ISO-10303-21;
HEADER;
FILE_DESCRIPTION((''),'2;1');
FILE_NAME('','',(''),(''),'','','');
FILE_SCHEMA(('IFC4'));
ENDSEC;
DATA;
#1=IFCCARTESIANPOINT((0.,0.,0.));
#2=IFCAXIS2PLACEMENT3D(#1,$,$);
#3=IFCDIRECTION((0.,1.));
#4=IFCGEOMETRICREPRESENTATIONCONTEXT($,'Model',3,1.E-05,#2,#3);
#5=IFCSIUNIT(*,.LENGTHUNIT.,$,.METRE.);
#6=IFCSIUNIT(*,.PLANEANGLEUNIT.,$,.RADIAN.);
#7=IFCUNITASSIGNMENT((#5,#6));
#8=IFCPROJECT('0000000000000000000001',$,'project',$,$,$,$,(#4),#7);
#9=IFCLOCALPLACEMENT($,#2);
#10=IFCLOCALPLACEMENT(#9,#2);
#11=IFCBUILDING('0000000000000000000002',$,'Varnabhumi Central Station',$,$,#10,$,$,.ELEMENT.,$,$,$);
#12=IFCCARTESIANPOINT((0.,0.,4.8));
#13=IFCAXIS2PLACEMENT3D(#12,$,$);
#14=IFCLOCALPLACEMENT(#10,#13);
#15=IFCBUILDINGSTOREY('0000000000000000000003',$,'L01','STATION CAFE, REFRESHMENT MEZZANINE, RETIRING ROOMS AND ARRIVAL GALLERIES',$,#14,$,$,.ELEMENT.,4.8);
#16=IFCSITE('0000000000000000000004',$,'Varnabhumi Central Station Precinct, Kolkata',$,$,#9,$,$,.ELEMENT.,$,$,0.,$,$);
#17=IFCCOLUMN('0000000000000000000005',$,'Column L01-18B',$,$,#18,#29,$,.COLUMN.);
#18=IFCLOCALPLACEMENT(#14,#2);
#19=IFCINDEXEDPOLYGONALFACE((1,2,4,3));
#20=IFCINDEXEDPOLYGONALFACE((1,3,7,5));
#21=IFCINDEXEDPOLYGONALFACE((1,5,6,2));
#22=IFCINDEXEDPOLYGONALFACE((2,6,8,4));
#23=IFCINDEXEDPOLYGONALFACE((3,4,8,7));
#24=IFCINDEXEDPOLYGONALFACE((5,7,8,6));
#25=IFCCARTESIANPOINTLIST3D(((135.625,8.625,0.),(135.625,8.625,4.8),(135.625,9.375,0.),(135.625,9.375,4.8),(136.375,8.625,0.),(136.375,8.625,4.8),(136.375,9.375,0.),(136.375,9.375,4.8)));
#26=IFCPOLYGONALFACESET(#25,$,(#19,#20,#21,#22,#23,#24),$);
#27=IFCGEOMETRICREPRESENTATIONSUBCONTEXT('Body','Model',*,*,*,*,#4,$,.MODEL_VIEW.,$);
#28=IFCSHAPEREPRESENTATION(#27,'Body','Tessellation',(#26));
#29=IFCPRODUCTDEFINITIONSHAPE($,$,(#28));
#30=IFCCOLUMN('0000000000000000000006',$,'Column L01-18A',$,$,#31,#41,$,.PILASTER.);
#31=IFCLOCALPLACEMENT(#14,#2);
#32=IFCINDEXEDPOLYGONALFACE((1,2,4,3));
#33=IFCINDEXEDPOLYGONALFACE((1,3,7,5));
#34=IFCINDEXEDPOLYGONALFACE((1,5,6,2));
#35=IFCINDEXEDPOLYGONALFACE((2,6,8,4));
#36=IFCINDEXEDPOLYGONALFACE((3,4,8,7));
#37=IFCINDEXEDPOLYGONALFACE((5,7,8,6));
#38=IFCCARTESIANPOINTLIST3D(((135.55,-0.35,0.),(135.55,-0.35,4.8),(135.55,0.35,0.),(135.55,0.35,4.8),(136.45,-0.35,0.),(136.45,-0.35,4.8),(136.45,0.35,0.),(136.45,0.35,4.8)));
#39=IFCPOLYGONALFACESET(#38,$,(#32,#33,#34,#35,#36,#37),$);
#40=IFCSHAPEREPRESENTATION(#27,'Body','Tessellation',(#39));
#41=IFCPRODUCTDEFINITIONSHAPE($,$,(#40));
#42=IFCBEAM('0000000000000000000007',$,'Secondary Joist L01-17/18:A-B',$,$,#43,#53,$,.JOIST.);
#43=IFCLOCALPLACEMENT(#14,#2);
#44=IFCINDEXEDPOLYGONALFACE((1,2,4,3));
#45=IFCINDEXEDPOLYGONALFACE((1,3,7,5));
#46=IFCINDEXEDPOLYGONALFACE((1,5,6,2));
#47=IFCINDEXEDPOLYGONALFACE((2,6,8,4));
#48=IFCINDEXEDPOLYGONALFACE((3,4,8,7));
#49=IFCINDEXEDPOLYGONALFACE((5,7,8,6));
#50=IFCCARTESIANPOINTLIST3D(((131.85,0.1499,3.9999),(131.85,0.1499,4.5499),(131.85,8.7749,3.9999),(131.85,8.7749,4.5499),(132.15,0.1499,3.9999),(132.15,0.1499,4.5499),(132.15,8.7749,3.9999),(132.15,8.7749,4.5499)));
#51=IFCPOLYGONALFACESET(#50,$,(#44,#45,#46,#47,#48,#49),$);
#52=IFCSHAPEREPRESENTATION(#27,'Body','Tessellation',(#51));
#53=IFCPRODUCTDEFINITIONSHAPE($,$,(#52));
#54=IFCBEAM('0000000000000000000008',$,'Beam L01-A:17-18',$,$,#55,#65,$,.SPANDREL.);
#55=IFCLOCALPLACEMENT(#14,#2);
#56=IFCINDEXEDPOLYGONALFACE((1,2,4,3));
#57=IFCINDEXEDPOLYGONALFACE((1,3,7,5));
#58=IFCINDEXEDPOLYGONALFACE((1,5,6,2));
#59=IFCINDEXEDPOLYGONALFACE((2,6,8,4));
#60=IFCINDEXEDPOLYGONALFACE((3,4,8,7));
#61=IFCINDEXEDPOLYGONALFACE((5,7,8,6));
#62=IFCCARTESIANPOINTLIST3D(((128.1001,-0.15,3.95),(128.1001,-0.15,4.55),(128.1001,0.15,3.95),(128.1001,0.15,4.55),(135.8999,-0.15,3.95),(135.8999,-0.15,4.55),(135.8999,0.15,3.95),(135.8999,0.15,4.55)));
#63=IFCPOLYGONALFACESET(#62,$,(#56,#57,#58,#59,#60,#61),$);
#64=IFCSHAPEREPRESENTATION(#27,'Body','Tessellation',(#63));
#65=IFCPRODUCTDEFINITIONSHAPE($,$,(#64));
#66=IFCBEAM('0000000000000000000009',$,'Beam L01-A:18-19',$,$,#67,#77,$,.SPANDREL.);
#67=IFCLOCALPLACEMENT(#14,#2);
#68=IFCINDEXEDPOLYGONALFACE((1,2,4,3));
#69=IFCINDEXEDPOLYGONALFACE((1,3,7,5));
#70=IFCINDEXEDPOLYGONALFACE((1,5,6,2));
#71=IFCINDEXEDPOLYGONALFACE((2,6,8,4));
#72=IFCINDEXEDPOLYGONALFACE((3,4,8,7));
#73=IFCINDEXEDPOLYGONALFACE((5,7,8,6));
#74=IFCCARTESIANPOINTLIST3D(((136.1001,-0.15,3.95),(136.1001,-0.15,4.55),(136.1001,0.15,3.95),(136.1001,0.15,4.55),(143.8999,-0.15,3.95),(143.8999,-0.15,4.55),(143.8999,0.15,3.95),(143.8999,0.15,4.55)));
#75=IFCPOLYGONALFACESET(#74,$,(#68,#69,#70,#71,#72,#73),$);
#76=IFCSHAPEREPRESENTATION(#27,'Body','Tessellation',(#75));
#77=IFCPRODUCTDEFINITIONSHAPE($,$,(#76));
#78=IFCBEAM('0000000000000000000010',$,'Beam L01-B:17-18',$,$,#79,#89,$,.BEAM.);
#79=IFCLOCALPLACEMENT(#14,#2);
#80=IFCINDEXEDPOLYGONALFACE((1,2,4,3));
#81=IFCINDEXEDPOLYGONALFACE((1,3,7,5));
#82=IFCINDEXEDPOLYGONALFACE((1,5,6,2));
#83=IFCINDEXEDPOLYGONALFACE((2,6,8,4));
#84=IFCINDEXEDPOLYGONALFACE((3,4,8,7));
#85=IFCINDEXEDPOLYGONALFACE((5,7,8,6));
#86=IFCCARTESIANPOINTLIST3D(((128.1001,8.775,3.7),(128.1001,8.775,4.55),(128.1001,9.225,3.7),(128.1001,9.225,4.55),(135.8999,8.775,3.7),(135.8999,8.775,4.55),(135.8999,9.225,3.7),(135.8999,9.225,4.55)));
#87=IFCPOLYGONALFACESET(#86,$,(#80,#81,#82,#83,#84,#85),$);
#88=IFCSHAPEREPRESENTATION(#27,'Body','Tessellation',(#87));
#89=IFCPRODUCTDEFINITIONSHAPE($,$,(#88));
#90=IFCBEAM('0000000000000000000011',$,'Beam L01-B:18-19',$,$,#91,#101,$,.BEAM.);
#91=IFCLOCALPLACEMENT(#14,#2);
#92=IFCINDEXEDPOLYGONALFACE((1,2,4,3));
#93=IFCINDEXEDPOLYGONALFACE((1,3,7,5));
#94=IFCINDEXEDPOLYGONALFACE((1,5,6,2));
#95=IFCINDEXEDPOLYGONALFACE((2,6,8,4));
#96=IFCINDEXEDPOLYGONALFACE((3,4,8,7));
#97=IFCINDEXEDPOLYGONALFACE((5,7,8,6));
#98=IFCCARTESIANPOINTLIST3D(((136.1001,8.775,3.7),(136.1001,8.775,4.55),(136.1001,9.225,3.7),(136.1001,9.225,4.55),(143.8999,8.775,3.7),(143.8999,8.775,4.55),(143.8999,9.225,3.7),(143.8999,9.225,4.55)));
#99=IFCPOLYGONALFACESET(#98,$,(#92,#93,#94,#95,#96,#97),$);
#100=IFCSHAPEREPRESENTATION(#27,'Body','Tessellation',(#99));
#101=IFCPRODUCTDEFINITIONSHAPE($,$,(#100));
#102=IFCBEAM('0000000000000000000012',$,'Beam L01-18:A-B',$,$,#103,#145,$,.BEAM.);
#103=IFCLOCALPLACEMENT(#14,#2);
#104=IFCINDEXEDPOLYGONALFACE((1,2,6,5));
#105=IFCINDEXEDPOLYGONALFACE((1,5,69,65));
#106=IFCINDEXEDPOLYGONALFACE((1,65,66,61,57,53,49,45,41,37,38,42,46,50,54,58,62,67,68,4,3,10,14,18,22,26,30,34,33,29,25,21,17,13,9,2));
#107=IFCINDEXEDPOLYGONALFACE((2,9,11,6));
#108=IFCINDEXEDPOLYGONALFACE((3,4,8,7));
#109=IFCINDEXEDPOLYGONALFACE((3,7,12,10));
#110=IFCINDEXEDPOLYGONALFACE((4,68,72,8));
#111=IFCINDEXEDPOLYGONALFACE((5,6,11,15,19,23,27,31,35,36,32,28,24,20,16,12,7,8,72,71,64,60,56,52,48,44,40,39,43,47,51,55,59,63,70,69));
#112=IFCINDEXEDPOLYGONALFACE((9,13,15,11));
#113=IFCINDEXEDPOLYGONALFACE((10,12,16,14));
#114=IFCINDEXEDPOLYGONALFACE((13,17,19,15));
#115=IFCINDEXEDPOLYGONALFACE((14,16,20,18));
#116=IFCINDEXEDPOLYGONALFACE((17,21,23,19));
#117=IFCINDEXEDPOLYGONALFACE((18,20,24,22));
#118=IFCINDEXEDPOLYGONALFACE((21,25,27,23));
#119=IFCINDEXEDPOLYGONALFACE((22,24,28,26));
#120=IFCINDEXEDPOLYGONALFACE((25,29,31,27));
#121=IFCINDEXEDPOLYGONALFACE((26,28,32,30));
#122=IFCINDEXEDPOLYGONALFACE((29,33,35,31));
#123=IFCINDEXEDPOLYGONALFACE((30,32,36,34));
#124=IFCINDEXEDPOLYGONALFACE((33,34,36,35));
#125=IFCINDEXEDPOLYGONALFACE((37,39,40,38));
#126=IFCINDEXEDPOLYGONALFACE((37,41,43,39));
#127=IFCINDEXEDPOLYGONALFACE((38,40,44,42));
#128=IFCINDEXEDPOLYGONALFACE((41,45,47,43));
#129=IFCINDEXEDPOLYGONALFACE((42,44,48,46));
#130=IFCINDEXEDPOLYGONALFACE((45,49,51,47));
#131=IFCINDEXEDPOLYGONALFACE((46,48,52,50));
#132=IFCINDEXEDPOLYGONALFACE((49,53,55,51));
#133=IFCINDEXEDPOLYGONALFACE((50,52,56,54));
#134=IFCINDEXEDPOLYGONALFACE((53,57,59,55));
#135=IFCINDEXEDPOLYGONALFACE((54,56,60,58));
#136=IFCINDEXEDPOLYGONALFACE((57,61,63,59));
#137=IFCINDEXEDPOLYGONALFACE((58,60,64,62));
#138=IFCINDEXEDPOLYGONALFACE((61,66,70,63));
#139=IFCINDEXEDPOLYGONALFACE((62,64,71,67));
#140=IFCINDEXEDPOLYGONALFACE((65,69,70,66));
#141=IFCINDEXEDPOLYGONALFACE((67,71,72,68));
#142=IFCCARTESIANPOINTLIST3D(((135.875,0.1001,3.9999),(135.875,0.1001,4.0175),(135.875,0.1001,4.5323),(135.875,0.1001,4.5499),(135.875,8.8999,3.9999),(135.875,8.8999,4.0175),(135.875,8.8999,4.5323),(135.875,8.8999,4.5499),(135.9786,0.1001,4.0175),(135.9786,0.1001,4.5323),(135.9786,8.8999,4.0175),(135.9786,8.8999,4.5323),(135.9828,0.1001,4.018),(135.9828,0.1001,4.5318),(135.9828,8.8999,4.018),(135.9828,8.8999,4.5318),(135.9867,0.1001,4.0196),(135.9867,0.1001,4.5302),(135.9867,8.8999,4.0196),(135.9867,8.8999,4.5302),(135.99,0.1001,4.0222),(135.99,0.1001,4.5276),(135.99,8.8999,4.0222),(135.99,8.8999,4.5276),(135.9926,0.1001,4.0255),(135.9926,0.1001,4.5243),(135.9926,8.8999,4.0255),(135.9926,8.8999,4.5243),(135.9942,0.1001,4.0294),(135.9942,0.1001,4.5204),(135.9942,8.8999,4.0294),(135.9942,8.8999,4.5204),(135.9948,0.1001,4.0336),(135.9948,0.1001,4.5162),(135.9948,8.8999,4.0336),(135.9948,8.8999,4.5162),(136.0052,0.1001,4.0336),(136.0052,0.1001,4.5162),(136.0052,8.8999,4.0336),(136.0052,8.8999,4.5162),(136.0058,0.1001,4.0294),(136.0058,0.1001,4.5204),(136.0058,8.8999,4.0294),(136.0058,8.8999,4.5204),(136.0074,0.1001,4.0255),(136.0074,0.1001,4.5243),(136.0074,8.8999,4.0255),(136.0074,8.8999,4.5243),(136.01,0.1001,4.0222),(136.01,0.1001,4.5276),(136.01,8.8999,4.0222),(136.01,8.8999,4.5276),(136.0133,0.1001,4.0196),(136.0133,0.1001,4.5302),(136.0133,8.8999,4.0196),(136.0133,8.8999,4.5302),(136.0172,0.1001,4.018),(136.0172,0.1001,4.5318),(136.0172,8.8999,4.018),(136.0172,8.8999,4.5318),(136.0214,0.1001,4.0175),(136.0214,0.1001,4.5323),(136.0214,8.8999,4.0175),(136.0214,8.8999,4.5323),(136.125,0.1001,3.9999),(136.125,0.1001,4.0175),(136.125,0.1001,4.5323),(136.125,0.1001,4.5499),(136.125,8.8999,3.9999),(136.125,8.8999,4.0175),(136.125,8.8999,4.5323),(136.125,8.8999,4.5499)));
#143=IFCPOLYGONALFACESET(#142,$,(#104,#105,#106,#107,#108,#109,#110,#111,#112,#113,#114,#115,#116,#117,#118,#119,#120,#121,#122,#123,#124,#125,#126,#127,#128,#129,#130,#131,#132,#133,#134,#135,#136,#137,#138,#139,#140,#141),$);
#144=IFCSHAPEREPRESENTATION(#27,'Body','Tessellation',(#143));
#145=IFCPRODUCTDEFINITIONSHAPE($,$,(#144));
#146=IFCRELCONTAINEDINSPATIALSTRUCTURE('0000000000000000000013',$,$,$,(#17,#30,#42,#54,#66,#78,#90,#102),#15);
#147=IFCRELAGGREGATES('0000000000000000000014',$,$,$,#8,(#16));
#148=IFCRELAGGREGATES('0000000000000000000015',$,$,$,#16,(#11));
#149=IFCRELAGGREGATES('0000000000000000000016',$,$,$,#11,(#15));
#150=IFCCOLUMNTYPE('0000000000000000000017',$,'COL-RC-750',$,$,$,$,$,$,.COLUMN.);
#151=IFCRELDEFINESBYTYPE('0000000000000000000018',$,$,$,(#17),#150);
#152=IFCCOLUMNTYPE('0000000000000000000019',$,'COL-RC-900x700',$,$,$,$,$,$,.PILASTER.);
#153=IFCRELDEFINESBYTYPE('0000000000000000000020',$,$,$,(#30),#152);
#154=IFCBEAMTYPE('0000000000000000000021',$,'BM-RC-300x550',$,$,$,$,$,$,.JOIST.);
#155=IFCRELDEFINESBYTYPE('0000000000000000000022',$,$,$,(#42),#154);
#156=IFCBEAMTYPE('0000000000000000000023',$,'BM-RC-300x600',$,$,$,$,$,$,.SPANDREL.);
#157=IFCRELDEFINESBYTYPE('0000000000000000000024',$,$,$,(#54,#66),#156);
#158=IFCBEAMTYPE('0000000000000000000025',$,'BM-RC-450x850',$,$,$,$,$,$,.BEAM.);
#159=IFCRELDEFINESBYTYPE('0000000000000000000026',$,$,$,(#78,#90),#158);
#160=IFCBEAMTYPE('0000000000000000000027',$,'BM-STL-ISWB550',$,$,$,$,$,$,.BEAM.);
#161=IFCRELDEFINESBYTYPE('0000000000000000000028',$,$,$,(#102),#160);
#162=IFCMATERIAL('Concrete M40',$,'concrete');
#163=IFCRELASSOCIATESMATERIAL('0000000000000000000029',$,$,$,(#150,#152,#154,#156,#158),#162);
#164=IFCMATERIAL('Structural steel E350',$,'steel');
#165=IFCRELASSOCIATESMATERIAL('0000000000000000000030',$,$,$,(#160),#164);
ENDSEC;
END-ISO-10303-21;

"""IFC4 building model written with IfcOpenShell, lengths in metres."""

from ifc_helpers import new_model, si_unit, direction, frame, origin, origin_2d, place, context, subcontext, project, spatial, rectangle, i_section, extrude, material, material_profile, profile_set, type_object, element, save


model = new_model("IFC4")

# Units and contexts
model_context = context("Model", 3, precision=1e-05, world=origin(), true_north=direction((0.0, 1.0)))
body_context = subcontext(model_context, "Body", "Model", "MODEL_VIEW")
ifc_project = project(units=[si_unit("LENGTHUNIT", "METRE"), si_unit("PLANEANGLEUNIT", "RADIAN")], contexts=[model_context])

# Site, building, storey
site_placement = place(None, origin())
site = spatial("IfcSite", under=ifc_project, at=site_placement, Name="Varnabhumi Central Station Precinct, Kolkata", CompositionType="ELEMENT", RefElevation=0.0)
building_placement = place(site_placement, origin())
building = spatial("IfcBuilding", under=site, at=building_placement, Name="Varnabhumi Central Station", CompositionType="ELEMENT")
storey_placement = place(building_placement, frame((0.0, 0.0, 4.8)))
storey = spatial("IfcBuildingStorey", under=building, at=storey_placement, Name="L01", Description="STATION CAFE, REFRESHMENT MEZZANINE, RETIRING ROOMS AND ARRIVAL GALLERIES", CompositionType="ELEMENT", Elevation=4.8)

# Columns
ifc_material_1 = material(Name="Concrete M40", Category="concrete")
ifc_material_profile_1 = material_profile(ifc_material_1, rectangle(XDim=0.75, YDim=0.75, at=origin_2d()), Name="Concrete M40", Category="concrete")
ifc_profile_set_1 = profile_set([ifc_material_profile_1], Name="Concrete M40")
column_type_1 = type_object("IfcColumnType", Name="COL-RC-750", PredefinedType="COLUMN", material=ifc_profile_set_1)
column_1_placement = place(storey_placement, frame((136.0, 9.0, 0.0), z_axis=(0.0, 0.0, 1.0), x_axis=(1.0, 0.0, 0.0)))
element("IfcColumn", 1, at=column_1_placement, inside=storey, type_object=column_type_1, Name="Column L01-18B", PredefinedType="COLUMN", context=body_context, shape_type="SweptSolid", body=[
    extrude(rectangle(XDim=0.75, YDim=0.75, at=origin_2d()), origin(), (0.0, 0.0, 1.0), 4.8),
])
ifc_material_profile_2 = material_profile(ifc_material_1, rectangle(XDim=0.8999, YDim=0.7, at=origin_2d()), Name="Concrete M40", Category="concrete")
ifc_profile_set_2 = profile_set([ifc_material_profile_2], Name="Concrete M40")
column_type_2 = type_object("IfcColumnType", Name="COL-RC-900x700", PredefinedType="PILASTER", material=ifc_profile_set_2)
column_2_placement = place(storey_placement, frame((136.0, 0.0, 0.0), z_axis=(0.0, 0.0, 1.0), x_axis=(1.0, 0.0, 0.0)))
element("IfcColumn", 2, at=column_2_placement, inside=storey, type_object=column_type_2, Name="Column L01-18A", PredefinedType="PILASTER", context=body_context, shape_type="SweptSolid", body=[
    extrude(rectangle(XDim=0.8999, YDim=0.7, at=origin_2d()), origin(), (0.0, 0.0, 1.0), 4.8),
])

# Beams
ifc_material_profile_3 = material_profile(ifc_material_1, rectangle(XDim=0.3, YDim=0.55, at=origin_2d()), Name="Concrete M40", Category="concrete")
ifc_profile_set_3 = profile_set([ifc_material_profile_3], Name="Concrete M40")
beam_type_1 = type_object("IfcBeamType", Name="BM-RC-300x550", PredefinedType="JOIST", material=ifc_profile_set_3)
beam_1_placement = place(storey_placement, frame((132.0, 0.1499, 4.2749), z_axis=(0.0, 1.0, 0.0), x_axis=(-1.0, 0.0, 0.0)))
element("IfcBeam", 3, at=beam_1_placement, inside=storey, type_object=beam_type_1, Name="Secondary Joist L01-17/18:A-B", PredefinedType="JOIST", context=body_context, shape_type="SweptSolid", body=[
    extrude(rectangle(XDim=0.3, YDim=0.55, at=origin_2d()), origin(), (0.0, 0.0, 1.0), 8.625),
])
ifc_material_profile_4 = material_profile(ifc_material_1, rectangle(XDim=0.3, YDim=0.6001, at=origin_2d()), Name="Concrete M40", Category="concrete")
ifc_profile_set_4 = profile_set([ifc_material_profile_4], Name="Concrete M40")
beam_type_2 = type_object("IfcBeamType", Name="BM-RC-300x600", PredefinedType="SPANDREL", material=ifc_profile_set_4)
for number, where, z_axis, x_axis, name in (
    (4, (128.1001, 0.0, 4.25), (1.0, 0.0, 0.0), (0.0, 1.0, 0.0), "Beam L01-A:17-18"),
    (5, (136.1001, 0.0, 4.25), (1.0, 0.0, 0.0), (0.0, 1.0, 0.0), "Beam L01-A:18-19"),
):
    element("IfcBeam", number, at=place(storey_placement, frame(where, z_axis=z_axis, x_axis=x_axis)), inside=storey, type_object=beam_type_2, Name=name, PredefinedType="SPANDREL", context=body_context, shape_type="SweptSolid", body=[
        extrude(rectangle(XDim=0.3, YDim=0.6001, at=origin_2d()), origin(), (0.0, 0.0, 1.0), 7.7998),
    ])
ifc_material_profile_5 = material_profile(ifc_material_1, rectangle(XDim=0.45, YDim=0.8501, at=origin_2d()), Name="Concrete M40", Category="concrete")
ifc_profile_set_5 = profile_set([ifc_material_profile_5], Name="Concrete M40")
beam_type_3 = type_object("IfcBeamType", Name="BM-RC-450x850", PredefinedType="BEAM", material=ifc_profile_set_5)
for number, where, z_axis, x_axis, name in (
    (6, (128.1001, 9.0, 4.125), (1.0, 0.0, 0.0), (0.0, 1.0, 0.0), "Beam L01-B:17-18"),
    (7, (136.1001, 9.0, 4.125), (1.0, 0.0, 0.0), (0.0, 1.0, 0.0), "Beam L01-B:18-19"),
):
    element("IfcBeam", number, at=place(storey_placement, frame(where, z_axis=z_axis, x_axis=x_axis)), inside=storey, type_object=beam_type_3, Name=name, PredefinedType="BEAM", context=body_context, shape_type="SweptSolid", body=[
        extrude(rectangle(XDim=0.45, YDim=0.8501, at=origin_2d()), origin(), (0.0, 0.0, 1.0), 7.7998),
    ])
ifc_material_2 = material(Name="Structural steel E350", Category="steel")
ifc_material_profile_6 = material_profile(ifc_material_2, i_section(OverallWidth=0.25, OverallDepth=0.55, WebThickness=0.0105, FlangeThickness=0.0176, FilletRadius=0.0161, at=origin_2d()), Name="Structural steel E350", Category="steel")
ifc_profile_set_6 = profile_set([ifc_material_profile_6], Name="Structural steel E350")
beam_type_4 = type_object("IfcBeamType", Name="BM-STL-ISWB550", PredefinedType="BEAM", material=ifc_profile_set_6)
beam_2_placement = place(storey_placement, frame((136.0, 0.1001, 4.2749), z_axis=(0.0, 1.0, 0.0), x_axis=(-1.0, 0.0, 0.0)))
element("IfcBeam", 8, at=beam_2_placement, inside=storey, type_object=beam_type_4, Name="Beam L01-18:A-B", PredefinedType="BEAM", context=body_context, shape_type="SweptSolid", body=[
    extrude(i_section(OverallWidth=0.25, OverallDepth=0.55, WebThickness=0.0105, FlangeThickness=0.0176, FilletRadius=0.0161, at=origin_2d()), origin(), (0.0, 0.0, 1.0), 8.7998),
])

save(model, "model.ifc")
